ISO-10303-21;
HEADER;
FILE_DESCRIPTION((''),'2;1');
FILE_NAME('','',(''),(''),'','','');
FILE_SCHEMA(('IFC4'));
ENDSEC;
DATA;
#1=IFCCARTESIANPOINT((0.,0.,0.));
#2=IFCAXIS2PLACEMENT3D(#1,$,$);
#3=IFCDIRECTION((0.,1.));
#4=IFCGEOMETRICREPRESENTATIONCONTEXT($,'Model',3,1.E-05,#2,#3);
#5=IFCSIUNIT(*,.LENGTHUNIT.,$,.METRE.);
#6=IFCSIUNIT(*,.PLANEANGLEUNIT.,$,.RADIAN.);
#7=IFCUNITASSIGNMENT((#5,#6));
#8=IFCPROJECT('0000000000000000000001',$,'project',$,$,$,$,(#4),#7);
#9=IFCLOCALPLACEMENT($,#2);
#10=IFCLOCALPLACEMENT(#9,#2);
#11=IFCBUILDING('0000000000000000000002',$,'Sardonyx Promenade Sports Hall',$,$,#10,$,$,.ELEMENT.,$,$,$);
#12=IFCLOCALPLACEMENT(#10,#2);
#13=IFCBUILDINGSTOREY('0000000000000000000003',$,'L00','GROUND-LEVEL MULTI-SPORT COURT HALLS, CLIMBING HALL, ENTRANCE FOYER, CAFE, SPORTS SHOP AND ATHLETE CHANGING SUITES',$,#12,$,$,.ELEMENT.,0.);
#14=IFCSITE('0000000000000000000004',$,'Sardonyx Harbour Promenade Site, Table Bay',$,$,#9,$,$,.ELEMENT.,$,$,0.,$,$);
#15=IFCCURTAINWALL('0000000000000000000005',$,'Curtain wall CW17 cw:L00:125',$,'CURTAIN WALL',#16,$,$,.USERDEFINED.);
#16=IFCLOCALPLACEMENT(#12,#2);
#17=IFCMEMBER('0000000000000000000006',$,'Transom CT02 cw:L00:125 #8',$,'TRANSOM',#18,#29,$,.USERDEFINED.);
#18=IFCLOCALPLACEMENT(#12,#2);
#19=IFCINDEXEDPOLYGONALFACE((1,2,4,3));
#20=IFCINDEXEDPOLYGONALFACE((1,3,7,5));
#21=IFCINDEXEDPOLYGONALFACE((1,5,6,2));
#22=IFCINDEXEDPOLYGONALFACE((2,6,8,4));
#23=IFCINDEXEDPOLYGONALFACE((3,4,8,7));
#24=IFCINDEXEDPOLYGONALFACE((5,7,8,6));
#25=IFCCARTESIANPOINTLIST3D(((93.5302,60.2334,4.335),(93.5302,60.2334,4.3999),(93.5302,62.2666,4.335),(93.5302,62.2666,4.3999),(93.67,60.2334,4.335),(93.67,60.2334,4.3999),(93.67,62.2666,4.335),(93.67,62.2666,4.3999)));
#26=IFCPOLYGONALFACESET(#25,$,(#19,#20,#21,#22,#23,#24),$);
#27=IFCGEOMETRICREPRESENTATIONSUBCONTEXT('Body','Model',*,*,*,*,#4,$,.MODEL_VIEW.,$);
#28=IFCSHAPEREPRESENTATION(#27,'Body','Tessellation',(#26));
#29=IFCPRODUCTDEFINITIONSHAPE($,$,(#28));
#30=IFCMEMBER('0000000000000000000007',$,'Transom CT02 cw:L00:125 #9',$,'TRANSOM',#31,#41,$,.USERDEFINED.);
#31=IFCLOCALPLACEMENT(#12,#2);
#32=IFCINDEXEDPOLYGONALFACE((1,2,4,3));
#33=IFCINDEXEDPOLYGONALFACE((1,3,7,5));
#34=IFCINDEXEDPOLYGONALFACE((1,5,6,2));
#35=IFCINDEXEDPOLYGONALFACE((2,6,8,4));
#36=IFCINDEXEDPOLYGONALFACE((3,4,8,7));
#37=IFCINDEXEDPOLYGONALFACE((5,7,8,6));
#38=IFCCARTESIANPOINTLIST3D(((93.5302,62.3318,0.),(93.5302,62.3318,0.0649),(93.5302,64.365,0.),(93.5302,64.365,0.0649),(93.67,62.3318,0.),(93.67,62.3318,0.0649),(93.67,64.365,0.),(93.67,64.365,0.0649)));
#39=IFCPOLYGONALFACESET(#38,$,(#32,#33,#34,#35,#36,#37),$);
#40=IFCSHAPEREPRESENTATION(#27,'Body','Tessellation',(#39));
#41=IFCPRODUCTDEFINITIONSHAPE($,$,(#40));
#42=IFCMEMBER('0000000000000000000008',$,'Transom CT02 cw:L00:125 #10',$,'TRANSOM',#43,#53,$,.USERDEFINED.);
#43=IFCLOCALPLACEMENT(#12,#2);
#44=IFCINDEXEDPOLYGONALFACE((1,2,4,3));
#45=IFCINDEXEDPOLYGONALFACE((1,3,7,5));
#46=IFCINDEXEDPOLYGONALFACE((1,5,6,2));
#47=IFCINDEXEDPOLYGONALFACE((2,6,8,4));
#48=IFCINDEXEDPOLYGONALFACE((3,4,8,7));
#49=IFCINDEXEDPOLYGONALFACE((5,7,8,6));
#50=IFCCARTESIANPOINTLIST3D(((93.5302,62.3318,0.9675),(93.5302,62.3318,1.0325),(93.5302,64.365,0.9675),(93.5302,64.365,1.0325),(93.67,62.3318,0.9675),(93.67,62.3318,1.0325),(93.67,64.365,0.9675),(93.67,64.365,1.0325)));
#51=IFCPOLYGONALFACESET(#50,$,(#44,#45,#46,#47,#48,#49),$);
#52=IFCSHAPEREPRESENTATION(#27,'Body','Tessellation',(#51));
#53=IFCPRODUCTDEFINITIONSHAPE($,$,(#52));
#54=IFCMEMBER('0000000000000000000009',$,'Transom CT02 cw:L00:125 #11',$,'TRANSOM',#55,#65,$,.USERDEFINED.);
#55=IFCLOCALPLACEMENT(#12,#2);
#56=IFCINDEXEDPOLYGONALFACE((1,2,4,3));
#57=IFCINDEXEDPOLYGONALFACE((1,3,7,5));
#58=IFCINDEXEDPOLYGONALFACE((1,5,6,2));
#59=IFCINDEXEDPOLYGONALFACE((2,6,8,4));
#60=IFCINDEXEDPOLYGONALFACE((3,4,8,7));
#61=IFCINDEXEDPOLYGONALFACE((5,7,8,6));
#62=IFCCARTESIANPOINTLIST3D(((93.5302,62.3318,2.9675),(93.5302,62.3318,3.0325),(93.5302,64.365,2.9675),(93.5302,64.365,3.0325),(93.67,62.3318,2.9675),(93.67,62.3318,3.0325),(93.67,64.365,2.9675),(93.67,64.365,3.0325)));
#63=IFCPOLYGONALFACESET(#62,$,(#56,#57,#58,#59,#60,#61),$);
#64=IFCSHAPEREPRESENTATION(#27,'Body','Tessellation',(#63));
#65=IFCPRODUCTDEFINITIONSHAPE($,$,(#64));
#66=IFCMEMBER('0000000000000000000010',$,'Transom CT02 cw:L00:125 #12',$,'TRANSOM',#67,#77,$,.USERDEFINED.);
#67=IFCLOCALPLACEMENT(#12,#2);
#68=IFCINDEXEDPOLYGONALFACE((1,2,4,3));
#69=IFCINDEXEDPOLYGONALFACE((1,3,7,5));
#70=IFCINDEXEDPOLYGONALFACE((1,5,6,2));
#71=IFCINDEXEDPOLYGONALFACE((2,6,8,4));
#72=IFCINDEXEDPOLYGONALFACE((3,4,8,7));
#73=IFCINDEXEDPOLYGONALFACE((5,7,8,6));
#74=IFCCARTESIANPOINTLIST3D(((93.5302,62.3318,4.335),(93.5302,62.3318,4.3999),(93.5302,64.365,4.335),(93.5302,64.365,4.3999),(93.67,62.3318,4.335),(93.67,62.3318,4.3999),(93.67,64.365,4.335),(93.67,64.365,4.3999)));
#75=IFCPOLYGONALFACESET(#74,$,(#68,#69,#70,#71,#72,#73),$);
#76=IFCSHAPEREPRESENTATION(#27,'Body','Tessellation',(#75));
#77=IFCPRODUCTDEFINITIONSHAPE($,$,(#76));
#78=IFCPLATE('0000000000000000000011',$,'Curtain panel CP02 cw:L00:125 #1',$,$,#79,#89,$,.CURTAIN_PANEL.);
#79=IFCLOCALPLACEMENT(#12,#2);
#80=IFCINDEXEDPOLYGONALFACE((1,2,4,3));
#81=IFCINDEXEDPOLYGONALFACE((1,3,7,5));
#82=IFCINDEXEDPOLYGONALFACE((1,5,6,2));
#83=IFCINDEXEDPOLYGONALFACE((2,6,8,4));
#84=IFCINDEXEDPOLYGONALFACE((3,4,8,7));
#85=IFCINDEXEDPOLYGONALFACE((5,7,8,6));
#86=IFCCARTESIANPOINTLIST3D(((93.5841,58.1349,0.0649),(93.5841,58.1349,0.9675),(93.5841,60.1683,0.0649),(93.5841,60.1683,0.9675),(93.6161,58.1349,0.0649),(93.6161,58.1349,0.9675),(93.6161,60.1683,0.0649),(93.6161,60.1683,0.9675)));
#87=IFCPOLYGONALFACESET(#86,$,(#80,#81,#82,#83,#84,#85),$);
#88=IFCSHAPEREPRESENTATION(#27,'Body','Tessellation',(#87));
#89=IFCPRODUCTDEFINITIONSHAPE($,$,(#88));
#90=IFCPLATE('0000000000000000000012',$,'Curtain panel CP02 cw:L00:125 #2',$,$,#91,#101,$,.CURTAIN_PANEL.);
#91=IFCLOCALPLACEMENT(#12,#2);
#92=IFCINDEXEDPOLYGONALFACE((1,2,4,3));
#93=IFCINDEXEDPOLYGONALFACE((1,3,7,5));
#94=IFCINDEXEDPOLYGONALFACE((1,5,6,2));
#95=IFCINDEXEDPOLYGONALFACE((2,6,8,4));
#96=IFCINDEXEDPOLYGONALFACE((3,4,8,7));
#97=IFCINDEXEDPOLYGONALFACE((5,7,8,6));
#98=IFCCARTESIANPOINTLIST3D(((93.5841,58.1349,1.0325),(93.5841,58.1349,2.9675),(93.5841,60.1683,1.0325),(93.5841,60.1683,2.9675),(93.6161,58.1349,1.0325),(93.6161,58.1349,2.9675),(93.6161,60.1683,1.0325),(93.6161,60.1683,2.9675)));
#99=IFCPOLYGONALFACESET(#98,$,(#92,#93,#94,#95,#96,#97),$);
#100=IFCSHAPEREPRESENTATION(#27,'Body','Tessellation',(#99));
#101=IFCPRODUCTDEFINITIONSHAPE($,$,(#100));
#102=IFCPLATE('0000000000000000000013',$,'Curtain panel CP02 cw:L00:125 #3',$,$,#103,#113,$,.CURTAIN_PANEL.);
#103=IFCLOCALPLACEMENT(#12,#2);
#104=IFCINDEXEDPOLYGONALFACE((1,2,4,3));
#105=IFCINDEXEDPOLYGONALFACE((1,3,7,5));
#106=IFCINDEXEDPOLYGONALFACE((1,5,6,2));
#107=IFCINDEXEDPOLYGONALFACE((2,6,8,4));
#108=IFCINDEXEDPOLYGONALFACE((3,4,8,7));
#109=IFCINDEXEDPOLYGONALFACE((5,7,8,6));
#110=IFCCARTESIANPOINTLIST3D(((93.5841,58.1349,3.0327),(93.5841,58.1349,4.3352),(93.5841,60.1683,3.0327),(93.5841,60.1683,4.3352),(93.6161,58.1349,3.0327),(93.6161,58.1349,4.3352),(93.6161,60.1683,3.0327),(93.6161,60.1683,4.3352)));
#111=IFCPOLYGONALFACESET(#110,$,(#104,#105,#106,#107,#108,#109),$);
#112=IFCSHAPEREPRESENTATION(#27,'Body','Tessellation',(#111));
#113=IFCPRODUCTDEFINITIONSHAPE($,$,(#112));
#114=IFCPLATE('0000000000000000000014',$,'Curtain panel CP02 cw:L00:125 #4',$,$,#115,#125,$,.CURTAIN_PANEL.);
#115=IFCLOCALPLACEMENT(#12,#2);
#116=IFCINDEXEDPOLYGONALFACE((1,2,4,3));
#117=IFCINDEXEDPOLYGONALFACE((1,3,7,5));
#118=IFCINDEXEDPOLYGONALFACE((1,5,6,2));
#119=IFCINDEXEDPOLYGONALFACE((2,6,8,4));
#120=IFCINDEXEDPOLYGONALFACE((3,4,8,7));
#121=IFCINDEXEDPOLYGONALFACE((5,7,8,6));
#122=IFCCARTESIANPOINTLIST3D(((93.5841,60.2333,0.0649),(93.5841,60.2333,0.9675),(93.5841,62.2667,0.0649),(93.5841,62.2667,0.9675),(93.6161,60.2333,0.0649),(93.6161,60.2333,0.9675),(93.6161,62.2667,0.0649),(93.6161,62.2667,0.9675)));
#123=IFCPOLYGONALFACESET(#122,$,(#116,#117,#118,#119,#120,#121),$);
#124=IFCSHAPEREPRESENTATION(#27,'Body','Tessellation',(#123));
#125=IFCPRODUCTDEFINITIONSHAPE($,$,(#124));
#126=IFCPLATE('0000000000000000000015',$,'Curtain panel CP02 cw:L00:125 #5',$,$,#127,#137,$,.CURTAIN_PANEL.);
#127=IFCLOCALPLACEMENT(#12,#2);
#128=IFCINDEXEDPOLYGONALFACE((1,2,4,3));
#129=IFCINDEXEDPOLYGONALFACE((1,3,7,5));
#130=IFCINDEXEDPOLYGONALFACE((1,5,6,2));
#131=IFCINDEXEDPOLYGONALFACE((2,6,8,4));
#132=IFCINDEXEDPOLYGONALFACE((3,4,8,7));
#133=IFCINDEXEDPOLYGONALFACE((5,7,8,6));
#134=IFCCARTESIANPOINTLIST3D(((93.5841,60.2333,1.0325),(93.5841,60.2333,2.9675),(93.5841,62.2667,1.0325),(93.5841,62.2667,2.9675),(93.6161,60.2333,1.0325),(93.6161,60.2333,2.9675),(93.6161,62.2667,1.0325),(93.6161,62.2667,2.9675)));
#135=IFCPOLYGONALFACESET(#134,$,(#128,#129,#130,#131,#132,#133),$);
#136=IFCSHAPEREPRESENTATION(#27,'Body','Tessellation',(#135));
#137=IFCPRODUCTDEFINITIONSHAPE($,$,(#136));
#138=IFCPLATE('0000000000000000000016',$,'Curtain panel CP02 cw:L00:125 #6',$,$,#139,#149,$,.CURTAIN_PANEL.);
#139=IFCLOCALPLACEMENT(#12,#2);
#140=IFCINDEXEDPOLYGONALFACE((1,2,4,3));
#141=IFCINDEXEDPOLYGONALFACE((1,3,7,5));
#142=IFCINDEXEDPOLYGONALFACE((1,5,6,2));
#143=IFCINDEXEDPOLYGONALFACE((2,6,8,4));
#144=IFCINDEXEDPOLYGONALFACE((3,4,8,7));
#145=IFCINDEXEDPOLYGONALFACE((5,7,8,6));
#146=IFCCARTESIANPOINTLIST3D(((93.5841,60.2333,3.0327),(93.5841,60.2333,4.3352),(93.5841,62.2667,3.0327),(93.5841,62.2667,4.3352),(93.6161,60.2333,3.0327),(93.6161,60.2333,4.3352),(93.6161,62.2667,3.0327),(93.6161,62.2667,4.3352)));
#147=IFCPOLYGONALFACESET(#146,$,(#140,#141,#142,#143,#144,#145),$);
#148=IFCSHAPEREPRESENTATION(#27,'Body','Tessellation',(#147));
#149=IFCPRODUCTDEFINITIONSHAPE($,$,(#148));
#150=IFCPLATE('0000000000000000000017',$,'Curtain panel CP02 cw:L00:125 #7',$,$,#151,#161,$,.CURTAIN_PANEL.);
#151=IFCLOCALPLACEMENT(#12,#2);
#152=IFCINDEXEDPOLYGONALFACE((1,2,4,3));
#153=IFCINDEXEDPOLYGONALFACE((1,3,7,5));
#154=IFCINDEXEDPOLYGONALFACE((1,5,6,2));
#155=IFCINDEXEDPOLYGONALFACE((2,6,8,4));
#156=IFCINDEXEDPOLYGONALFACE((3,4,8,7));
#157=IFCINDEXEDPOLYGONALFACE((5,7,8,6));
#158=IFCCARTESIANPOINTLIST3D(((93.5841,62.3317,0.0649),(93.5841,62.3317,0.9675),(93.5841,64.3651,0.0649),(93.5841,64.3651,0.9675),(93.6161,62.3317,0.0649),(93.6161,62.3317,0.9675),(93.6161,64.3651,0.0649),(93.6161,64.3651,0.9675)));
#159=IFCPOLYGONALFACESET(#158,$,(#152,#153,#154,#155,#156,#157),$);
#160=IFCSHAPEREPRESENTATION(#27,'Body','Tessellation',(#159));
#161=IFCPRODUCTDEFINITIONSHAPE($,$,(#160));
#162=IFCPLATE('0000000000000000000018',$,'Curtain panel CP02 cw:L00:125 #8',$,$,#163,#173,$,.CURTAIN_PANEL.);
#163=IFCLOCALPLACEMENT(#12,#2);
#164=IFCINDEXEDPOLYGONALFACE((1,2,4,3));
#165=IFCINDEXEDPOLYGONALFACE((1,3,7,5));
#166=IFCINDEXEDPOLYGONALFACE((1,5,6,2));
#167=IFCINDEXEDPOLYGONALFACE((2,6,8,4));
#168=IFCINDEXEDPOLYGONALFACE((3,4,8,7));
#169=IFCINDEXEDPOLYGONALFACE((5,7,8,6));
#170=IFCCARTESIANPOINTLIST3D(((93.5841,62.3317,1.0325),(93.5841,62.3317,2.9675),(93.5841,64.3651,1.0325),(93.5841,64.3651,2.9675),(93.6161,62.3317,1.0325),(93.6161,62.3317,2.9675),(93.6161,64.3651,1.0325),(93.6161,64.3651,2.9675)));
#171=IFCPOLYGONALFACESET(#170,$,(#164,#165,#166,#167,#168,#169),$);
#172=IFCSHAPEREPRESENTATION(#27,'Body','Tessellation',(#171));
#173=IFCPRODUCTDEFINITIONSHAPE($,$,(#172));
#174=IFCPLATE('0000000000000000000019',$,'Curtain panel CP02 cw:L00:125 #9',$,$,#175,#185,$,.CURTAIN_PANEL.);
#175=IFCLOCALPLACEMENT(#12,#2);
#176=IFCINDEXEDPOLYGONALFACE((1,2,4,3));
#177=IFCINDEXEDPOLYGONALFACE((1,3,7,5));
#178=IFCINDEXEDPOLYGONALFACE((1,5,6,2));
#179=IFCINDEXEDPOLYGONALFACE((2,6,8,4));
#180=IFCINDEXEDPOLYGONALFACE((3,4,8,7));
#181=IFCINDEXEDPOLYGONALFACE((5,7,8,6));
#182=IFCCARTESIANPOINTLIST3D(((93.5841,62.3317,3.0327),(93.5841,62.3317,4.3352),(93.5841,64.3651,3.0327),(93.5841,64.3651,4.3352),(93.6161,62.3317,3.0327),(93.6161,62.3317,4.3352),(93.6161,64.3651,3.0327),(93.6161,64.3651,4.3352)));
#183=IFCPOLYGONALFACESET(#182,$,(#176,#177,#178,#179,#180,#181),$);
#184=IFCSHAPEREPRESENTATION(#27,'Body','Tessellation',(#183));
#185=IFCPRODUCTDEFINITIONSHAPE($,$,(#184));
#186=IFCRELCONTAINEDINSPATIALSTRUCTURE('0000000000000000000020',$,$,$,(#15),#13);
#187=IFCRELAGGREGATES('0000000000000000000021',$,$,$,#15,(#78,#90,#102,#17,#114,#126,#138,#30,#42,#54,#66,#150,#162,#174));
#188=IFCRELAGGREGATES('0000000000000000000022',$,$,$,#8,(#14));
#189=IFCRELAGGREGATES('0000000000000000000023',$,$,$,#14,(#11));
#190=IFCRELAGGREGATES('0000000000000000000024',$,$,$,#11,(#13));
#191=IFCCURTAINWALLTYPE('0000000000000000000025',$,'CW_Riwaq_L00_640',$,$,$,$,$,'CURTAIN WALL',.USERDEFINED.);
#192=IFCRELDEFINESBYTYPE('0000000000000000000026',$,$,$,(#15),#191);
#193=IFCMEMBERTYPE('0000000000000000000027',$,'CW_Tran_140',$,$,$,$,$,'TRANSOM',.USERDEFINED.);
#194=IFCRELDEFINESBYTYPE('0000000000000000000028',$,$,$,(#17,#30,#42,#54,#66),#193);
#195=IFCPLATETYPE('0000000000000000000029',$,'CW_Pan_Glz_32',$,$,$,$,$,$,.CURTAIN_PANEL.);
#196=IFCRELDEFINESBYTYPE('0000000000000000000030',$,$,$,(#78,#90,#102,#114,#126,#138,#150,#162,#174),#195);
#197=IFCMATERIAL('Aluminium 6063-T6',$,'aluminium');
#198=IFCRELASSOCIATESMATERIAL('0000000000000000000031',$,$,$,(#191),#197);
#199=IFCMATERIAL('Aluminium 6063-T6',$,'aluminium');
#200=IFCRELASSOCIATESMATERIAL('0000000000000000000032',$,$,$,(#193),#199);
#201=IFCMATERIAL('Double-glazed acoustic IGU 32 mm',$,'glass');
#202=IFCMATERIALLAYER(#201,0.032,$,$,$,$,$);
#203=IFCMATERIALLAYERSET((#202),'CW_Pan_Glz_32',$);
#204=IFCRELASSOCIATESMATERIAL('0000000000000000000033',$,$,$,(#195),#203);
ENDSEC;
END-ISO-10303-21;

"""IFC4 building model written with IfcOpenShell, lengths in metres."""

from ifc_helpers import new_model, si_unit, direction, frame, origin, origin_2d, place, context, subcontext, project, spatial, rectangle, extrude, material, layer, layer_set, material_profile, profile_set, type_object, element, aggregate, save


model = new_model("IFC4")

# Units and contexts
model_context = context("Model", 3, precision=1e-05, world=origin(), true_north=direction((0.0, 1.0)))
body_context = subcontext(model_context, "Body", "Model", "MODEL_VIEW")
ifc_project = project(units=[si_unit("LENGTHUNIT", "METRE"), si_unit("PLANEANGLEUNIT", "RADIAN")], contexts=[model_context])

# Site, building, storey
site_placement = place(None, origin())
site = spatial("IfcSite", under=ifc_project, at=site_placement, Name="Sardonyx Harbour Promenade Site, Table Bay", CompositionType="ELEMENT", RefElevation=0.0)
building_placement = place(site_placement, origin())
building = spatial("IfcBuilding", under=site, at=building_placement, Name="Sardonyx Promenade Sports Hall", CompositionType="ELEMENT")
storey_placement = place(building_placement, origin())
storey = spatial("IfcBuildingStorey", under=building, at=storey_placement, Name="L00", Description="GROUND-LEVEL MULTI-SPORT COURT HALLS, CLIMBING HALL, ENTRANCE FOYER, CAFE, SPORTS SHOP AND ATHLETE CHANGING SUITES", CompositionType="ELEMENT", Elevation=0.0)

# Curtain wall, members, plates
ifc_material_1 = material(Name="Aluminium 6063-T6", Category="aluminium")
curtain_wall_type = type_object("IfcCurtainWallType", Name="CW_Riwaq_L00_640", ElementType="CURTAIN WALL", PredefinedType="USERDEFINED", material=ifc_material_1)
curtain_wall_placement = place(storey_placement, origin())
curtain_wall = element("IfcCurtainWall", 1, at=curtain_wall_placement, inside=storey, type_object=curtain_wall_type, Name="Curtain wall CW17 cw:L00:125", ObjectType="CURTAIN WALL", PredefinedType="USERDEFINED")
ifc_material_2 = material(Name="Aluminium 6063-T6", Category="aluminium")
ifc_material_profile_1 = material_profile(ifc_material_2, rectangle(XDim=0.0649, YDim=0.1399, at=origin_2d()))
ifc_profile_set_1 = profile_set([ifc_material_profile_1], Name="Aluminium 6063-T6")
member_type_1 = type_object("IfcMemberType", Name="CW_Tran_140", ElementType="TRANSOM", PredefinedType="USERDEFINED", material=ifc_profile_set_1)
member_1_placement = place(storey_placement, frame((93.6001, 60.2334, 4.3674), z_axis=(0.0, 1.0, 0.0), x_axis=(0.0, 0.0, 1.0)))
member_1 = element("IfcMember", 2, at=member_1_placement, type_object=member_type_1, Name="Transom CT02 cw:L00:125 #8", ObjectType="TRANSOM", PredefinedType="USERDEFINED", context=body_context, shape_type="SweptSolid", body=[
    extrude(rectangle(XDim=0.0649, YDim=0.1399, at=origin_2d()), origin(), (0.0, 0.0, 1.0), 2.0332),
])
member_2_placement = place(storey_placement, frame((93.6001, 62.3318, 0.0325), z_axis=(0.0, 1.0, 0.0), x_axis=(0.0, 0.0, 1.0)))
member_2 = element("IfcMember", 3, at=member_2_placement, type_object=member_type_1, Name="Transom CT02 cw:L00:125 #9", ObjectType="TRANSOM", PredefinedType="USERDEFINED", context=body_context, shape_type="SweptSolid", body=[
    extrude(rectangle(XDim=0.0649, YDim=0.1399, at=origin_2d()), origin(), (0.0, 0.0, 1.0), 2.0332),
])
member_3_placement = place(storey_placement, frame((93.6001, 62.3318, 1.0), z_axis=(0.0, 1.0, 0.0), x_axis=(0.0, 0.0, 1.0)))
member_3 = element("IfcMember", 4, at=member_3_placement, type_object=member_type_1, Name="Transom CT02 cw:L00:125 #10", ObjectType="TRANSOM", PredefinedType="USERDEFINED", context=body_context, shape_type="SweptSolid", body=[
    extrude(rectangle(XDim=0.0649, YDim=0.1399, at=origin_2d()), origin(), (0.0, 0.0, 1.0), 2.0332),
])
member_4_placement = place(storey_placement, frame((93.6001, 62.3318, 3.0), z_axis=(0.0, 1.0, 0.0), x_axis=(0.0, 0.0, 1.0)))
member_4 = element("IfcMember", 5, at=member_4_placement, type_object=member_type_1, Name="Transom CT02 cw:L00:125 #11", ObjectType="TRANSOM", PredefinedType="USERDEFINED", context=body_context, shape_type="SweptSolid", body=[
    extrude(rectangle(XDim=0.0649, YDim=0.1399, at=origin_2d()), origin(), (0.0, 0.0, 1.0), 2.0332),
])
member_5_placement = place(storey_placement, frame((93.6001, 62.3318, 4.3674), z_axis=(0.0, 1.0, 0.0), x_axis=(0.0, 0.0, 1.0)))
member_5 = element("IfcMember", 6, at=member_5_placement, type_object=member_type_1, Name="Transom CT02 cw:L00:125 #12", ObjectType="TRANSOM", PredefinedType="USERDEFINED", context=body_context, shape_type="SweptSolid", body=[
    extrude(rectangle(XDim=0.0649, YDim=0.1399, at=origin_2d()), origin(), (0.0, 0.0, 1.0), 2.0332),
])
ifc_material_3 = material(Name="Double-glazed acoustic IGU 32 mm", Category="glass")
ifc_layer = layer(ifc_material_3, 0.032)
ifc_layer_set = layer_set([ifc_layer], Name="CW_Pan_Glz_32")
plate_type = type_object("IfcPlateType", Name="CW_Pan_Glz_32", PredefinedType="CURTAIN_PANEL", material=ifc_layer_set)
plate_1_placement = place(storey_placement, frame((93.6001, 59.1516, 0.0649), z_axis=(0.0, 0.0, 1.0), x_axis=(0.0, 1.0, 0.0)))
plate_1 = element("IfcPlate", 7, at=plate_1_placement, type_object=plate_type, Name="Curtain panel CP02 cw:L00:125 #1", PredefinedType="CURTAIN_PANEL", context=body_context, shape_type="SweptSolid", body=[
    extrude(rectangle(XDim=2.0334, YDim=0.032, at=origin_2d()), origin(), (0.0, 0.0, 1.0), 0.9026),
])
plate_2_placement = place(storey_placement, frame((93.6001, 59.1516, 1.0325), z_axis=(0.0, 0.0, 1.0), x_axis=(0.0, 1.0, 0.0)))
plate_2 = element("IfcPlate", 8, at=plate_2_placement, type_object=plate_type, Name="Curtain panel CP02 cw:L00:125 #2", PredefinedType="CURTAIN_PANEL", context=body_context, shape_type="SweptSolid", body=[
    extrude(rectangle(XDim=2.0334, YDim=0.032, at=origin_2d()), origin(), (0.0, 0.0, 1.0), 1.9351),
])
plate_3_placement = place(storey_placement, frame((93.6001, 59.1516, 3.0327), z_axis=(0.0, 0.0, 1.0), x_axis=(0.0, 1.0, 0.0)))
plate_3 = element("IfcPlate", 9, at=plate_3_placement, type_object=plate_type, Name="Curtain panel CP02 cw:L00:125 #3", PredefinedType="CURTAIN_PANEL", context=body_context, shape_type="SweptSolid", body=[
    extrude(rectangle(XDim=2.0334, YDim=0.032, at=origin_2d()), origin(), (0.0, 0.0, 1.0), 1.3025),
])
plate_4_placement = place(storey_placement, frame((93.6001, 61.25, 0.0649), z_axis=(0.0, 0.0, 1.0), x_axis=(0.0, 1.0, 0.0)))
plate_4 = element("IfcPlate", 10, at=plate_4_placement, type_object=plate_type, Name="Curtain panel CP02 cw:L00:125 #4", PredefinedType="CURTAIN_PANEL", context=body_context, shape_type="SweptSolid", body=[
    extrude(rectangle(XDim=2.0334, YDim=0.032, at=origin_2d()), origin(), (0.0, 0.0, 1.0), 0.9026),
])
plate_5_placement = place(storey_placement, frame((93.6001, 61.25, 1.0325), z_axis=(0.0, 0.0, 1.0), x_axis=(0.0, 1.0, 0.0)))
plate_5 = element("IfcPlate", 11, at=plate_5_placement, type_object=plate_type, Name="Curtain panel CP02 cw:L00:125 #5", PredefinedType="CURTAIN_PANEL", context=body_context, shape_type="SweptSolid", body=[
    extrude(rectangle(XDim=2.0334, YDim=0.032, at=origin_2d()), origin(), (0.0, 0.0, 1.0), 1.9351),
])
plate_6_placement = place(storey_placement, frame((93.6001, 61.25, 3.0327), z_axis=(0.0, 0.0, 1.0), x_axis=(0.0, 1.0, 0.0)))
plate_6 = element("IfcPlate", 12, at=plate_6_placement, type_object=plate_type, Name="Curtain panel CP02 cw:L00:125 #6", PredefinedType="CURTAIN_PANEL", context=body_context, shape_type="SweptSolid", body=[
    extrude(rectangle(XDim=2.0334, YDim=0.032, at=origin_2d()), origin(), (0.0, 0.0, 1.0), 1.3025),
])
plate_7_placement = place(storey_placement, frame((93.6001, 63.3484, 0.0649), z_axis=(0.0, 0.0, 1.0), x_axis=(0.0, 1.0, 0.0)))
plate_7 = element("IfcPlate", 13, at=plate_7_placement, type_object=plate_type, Name="Curtain panel CP02 cw:L00:125 #7", PredefinedType="CURTAIN_PANEL", context=body_context, shape_type="SweptSolid", body=[
    extrude(rectangle(XDim=2.0334, YDim=0.032, at=origin_2d()), origin(), (0.0, 0.0, 1.0), 0.9026),
])
plate_8_placement = place(storey_placement, frame((93.6001, 63.3484, 1.0325), z_axis=(0.0, 0.0, 1.0), x_axis=(0.0, 1.0, 0.0)))
plate_8 = element("IfcPlate", 14, at=plate_8_placement, type_object=plate_type, Name="Curtain panel CP02 cw:L00:125 #8", PredefinedType="CURTAIN_PANEL", context=body_context, shape_type="SweptSolid", body=[
    extrude(rectangle(XDim=2.0334, YDim=0.032, at=origin_2d()), origin(), (0.0, 0.0, 1.0), 1.9351),
])
plate_9_placement = place(storey_placement, frame((93.6001, 63.3484, 3.0327), z_axis=(0.0, 0.0, 1.0), x_axis=(0.0, 1.0, 0.0)))
plate_9 = element("IfcPlate", 15, at=plate_9_placement, type_object=plate_type, Name="Curtain panel CP02 cw:L00:125 #9", PredefinedType="CURTAIN_PANEL", context=body_context, shape_type="SweptSolid", body=[
    extrude(rectangle(XDim=2.0334, YDim=0.032, at=origin_2d()), origin(), (0.0, 0.0, 1.0), 1.3025),
])
aggregate(curtain_wall, [plate_1, plate_2, plate_3, member_1, plate_4, plate_5, plate_6, member_2, member_3, member_4, member_5, plate_7, plate_8, plate_9])

save(model, "model.ifc")
